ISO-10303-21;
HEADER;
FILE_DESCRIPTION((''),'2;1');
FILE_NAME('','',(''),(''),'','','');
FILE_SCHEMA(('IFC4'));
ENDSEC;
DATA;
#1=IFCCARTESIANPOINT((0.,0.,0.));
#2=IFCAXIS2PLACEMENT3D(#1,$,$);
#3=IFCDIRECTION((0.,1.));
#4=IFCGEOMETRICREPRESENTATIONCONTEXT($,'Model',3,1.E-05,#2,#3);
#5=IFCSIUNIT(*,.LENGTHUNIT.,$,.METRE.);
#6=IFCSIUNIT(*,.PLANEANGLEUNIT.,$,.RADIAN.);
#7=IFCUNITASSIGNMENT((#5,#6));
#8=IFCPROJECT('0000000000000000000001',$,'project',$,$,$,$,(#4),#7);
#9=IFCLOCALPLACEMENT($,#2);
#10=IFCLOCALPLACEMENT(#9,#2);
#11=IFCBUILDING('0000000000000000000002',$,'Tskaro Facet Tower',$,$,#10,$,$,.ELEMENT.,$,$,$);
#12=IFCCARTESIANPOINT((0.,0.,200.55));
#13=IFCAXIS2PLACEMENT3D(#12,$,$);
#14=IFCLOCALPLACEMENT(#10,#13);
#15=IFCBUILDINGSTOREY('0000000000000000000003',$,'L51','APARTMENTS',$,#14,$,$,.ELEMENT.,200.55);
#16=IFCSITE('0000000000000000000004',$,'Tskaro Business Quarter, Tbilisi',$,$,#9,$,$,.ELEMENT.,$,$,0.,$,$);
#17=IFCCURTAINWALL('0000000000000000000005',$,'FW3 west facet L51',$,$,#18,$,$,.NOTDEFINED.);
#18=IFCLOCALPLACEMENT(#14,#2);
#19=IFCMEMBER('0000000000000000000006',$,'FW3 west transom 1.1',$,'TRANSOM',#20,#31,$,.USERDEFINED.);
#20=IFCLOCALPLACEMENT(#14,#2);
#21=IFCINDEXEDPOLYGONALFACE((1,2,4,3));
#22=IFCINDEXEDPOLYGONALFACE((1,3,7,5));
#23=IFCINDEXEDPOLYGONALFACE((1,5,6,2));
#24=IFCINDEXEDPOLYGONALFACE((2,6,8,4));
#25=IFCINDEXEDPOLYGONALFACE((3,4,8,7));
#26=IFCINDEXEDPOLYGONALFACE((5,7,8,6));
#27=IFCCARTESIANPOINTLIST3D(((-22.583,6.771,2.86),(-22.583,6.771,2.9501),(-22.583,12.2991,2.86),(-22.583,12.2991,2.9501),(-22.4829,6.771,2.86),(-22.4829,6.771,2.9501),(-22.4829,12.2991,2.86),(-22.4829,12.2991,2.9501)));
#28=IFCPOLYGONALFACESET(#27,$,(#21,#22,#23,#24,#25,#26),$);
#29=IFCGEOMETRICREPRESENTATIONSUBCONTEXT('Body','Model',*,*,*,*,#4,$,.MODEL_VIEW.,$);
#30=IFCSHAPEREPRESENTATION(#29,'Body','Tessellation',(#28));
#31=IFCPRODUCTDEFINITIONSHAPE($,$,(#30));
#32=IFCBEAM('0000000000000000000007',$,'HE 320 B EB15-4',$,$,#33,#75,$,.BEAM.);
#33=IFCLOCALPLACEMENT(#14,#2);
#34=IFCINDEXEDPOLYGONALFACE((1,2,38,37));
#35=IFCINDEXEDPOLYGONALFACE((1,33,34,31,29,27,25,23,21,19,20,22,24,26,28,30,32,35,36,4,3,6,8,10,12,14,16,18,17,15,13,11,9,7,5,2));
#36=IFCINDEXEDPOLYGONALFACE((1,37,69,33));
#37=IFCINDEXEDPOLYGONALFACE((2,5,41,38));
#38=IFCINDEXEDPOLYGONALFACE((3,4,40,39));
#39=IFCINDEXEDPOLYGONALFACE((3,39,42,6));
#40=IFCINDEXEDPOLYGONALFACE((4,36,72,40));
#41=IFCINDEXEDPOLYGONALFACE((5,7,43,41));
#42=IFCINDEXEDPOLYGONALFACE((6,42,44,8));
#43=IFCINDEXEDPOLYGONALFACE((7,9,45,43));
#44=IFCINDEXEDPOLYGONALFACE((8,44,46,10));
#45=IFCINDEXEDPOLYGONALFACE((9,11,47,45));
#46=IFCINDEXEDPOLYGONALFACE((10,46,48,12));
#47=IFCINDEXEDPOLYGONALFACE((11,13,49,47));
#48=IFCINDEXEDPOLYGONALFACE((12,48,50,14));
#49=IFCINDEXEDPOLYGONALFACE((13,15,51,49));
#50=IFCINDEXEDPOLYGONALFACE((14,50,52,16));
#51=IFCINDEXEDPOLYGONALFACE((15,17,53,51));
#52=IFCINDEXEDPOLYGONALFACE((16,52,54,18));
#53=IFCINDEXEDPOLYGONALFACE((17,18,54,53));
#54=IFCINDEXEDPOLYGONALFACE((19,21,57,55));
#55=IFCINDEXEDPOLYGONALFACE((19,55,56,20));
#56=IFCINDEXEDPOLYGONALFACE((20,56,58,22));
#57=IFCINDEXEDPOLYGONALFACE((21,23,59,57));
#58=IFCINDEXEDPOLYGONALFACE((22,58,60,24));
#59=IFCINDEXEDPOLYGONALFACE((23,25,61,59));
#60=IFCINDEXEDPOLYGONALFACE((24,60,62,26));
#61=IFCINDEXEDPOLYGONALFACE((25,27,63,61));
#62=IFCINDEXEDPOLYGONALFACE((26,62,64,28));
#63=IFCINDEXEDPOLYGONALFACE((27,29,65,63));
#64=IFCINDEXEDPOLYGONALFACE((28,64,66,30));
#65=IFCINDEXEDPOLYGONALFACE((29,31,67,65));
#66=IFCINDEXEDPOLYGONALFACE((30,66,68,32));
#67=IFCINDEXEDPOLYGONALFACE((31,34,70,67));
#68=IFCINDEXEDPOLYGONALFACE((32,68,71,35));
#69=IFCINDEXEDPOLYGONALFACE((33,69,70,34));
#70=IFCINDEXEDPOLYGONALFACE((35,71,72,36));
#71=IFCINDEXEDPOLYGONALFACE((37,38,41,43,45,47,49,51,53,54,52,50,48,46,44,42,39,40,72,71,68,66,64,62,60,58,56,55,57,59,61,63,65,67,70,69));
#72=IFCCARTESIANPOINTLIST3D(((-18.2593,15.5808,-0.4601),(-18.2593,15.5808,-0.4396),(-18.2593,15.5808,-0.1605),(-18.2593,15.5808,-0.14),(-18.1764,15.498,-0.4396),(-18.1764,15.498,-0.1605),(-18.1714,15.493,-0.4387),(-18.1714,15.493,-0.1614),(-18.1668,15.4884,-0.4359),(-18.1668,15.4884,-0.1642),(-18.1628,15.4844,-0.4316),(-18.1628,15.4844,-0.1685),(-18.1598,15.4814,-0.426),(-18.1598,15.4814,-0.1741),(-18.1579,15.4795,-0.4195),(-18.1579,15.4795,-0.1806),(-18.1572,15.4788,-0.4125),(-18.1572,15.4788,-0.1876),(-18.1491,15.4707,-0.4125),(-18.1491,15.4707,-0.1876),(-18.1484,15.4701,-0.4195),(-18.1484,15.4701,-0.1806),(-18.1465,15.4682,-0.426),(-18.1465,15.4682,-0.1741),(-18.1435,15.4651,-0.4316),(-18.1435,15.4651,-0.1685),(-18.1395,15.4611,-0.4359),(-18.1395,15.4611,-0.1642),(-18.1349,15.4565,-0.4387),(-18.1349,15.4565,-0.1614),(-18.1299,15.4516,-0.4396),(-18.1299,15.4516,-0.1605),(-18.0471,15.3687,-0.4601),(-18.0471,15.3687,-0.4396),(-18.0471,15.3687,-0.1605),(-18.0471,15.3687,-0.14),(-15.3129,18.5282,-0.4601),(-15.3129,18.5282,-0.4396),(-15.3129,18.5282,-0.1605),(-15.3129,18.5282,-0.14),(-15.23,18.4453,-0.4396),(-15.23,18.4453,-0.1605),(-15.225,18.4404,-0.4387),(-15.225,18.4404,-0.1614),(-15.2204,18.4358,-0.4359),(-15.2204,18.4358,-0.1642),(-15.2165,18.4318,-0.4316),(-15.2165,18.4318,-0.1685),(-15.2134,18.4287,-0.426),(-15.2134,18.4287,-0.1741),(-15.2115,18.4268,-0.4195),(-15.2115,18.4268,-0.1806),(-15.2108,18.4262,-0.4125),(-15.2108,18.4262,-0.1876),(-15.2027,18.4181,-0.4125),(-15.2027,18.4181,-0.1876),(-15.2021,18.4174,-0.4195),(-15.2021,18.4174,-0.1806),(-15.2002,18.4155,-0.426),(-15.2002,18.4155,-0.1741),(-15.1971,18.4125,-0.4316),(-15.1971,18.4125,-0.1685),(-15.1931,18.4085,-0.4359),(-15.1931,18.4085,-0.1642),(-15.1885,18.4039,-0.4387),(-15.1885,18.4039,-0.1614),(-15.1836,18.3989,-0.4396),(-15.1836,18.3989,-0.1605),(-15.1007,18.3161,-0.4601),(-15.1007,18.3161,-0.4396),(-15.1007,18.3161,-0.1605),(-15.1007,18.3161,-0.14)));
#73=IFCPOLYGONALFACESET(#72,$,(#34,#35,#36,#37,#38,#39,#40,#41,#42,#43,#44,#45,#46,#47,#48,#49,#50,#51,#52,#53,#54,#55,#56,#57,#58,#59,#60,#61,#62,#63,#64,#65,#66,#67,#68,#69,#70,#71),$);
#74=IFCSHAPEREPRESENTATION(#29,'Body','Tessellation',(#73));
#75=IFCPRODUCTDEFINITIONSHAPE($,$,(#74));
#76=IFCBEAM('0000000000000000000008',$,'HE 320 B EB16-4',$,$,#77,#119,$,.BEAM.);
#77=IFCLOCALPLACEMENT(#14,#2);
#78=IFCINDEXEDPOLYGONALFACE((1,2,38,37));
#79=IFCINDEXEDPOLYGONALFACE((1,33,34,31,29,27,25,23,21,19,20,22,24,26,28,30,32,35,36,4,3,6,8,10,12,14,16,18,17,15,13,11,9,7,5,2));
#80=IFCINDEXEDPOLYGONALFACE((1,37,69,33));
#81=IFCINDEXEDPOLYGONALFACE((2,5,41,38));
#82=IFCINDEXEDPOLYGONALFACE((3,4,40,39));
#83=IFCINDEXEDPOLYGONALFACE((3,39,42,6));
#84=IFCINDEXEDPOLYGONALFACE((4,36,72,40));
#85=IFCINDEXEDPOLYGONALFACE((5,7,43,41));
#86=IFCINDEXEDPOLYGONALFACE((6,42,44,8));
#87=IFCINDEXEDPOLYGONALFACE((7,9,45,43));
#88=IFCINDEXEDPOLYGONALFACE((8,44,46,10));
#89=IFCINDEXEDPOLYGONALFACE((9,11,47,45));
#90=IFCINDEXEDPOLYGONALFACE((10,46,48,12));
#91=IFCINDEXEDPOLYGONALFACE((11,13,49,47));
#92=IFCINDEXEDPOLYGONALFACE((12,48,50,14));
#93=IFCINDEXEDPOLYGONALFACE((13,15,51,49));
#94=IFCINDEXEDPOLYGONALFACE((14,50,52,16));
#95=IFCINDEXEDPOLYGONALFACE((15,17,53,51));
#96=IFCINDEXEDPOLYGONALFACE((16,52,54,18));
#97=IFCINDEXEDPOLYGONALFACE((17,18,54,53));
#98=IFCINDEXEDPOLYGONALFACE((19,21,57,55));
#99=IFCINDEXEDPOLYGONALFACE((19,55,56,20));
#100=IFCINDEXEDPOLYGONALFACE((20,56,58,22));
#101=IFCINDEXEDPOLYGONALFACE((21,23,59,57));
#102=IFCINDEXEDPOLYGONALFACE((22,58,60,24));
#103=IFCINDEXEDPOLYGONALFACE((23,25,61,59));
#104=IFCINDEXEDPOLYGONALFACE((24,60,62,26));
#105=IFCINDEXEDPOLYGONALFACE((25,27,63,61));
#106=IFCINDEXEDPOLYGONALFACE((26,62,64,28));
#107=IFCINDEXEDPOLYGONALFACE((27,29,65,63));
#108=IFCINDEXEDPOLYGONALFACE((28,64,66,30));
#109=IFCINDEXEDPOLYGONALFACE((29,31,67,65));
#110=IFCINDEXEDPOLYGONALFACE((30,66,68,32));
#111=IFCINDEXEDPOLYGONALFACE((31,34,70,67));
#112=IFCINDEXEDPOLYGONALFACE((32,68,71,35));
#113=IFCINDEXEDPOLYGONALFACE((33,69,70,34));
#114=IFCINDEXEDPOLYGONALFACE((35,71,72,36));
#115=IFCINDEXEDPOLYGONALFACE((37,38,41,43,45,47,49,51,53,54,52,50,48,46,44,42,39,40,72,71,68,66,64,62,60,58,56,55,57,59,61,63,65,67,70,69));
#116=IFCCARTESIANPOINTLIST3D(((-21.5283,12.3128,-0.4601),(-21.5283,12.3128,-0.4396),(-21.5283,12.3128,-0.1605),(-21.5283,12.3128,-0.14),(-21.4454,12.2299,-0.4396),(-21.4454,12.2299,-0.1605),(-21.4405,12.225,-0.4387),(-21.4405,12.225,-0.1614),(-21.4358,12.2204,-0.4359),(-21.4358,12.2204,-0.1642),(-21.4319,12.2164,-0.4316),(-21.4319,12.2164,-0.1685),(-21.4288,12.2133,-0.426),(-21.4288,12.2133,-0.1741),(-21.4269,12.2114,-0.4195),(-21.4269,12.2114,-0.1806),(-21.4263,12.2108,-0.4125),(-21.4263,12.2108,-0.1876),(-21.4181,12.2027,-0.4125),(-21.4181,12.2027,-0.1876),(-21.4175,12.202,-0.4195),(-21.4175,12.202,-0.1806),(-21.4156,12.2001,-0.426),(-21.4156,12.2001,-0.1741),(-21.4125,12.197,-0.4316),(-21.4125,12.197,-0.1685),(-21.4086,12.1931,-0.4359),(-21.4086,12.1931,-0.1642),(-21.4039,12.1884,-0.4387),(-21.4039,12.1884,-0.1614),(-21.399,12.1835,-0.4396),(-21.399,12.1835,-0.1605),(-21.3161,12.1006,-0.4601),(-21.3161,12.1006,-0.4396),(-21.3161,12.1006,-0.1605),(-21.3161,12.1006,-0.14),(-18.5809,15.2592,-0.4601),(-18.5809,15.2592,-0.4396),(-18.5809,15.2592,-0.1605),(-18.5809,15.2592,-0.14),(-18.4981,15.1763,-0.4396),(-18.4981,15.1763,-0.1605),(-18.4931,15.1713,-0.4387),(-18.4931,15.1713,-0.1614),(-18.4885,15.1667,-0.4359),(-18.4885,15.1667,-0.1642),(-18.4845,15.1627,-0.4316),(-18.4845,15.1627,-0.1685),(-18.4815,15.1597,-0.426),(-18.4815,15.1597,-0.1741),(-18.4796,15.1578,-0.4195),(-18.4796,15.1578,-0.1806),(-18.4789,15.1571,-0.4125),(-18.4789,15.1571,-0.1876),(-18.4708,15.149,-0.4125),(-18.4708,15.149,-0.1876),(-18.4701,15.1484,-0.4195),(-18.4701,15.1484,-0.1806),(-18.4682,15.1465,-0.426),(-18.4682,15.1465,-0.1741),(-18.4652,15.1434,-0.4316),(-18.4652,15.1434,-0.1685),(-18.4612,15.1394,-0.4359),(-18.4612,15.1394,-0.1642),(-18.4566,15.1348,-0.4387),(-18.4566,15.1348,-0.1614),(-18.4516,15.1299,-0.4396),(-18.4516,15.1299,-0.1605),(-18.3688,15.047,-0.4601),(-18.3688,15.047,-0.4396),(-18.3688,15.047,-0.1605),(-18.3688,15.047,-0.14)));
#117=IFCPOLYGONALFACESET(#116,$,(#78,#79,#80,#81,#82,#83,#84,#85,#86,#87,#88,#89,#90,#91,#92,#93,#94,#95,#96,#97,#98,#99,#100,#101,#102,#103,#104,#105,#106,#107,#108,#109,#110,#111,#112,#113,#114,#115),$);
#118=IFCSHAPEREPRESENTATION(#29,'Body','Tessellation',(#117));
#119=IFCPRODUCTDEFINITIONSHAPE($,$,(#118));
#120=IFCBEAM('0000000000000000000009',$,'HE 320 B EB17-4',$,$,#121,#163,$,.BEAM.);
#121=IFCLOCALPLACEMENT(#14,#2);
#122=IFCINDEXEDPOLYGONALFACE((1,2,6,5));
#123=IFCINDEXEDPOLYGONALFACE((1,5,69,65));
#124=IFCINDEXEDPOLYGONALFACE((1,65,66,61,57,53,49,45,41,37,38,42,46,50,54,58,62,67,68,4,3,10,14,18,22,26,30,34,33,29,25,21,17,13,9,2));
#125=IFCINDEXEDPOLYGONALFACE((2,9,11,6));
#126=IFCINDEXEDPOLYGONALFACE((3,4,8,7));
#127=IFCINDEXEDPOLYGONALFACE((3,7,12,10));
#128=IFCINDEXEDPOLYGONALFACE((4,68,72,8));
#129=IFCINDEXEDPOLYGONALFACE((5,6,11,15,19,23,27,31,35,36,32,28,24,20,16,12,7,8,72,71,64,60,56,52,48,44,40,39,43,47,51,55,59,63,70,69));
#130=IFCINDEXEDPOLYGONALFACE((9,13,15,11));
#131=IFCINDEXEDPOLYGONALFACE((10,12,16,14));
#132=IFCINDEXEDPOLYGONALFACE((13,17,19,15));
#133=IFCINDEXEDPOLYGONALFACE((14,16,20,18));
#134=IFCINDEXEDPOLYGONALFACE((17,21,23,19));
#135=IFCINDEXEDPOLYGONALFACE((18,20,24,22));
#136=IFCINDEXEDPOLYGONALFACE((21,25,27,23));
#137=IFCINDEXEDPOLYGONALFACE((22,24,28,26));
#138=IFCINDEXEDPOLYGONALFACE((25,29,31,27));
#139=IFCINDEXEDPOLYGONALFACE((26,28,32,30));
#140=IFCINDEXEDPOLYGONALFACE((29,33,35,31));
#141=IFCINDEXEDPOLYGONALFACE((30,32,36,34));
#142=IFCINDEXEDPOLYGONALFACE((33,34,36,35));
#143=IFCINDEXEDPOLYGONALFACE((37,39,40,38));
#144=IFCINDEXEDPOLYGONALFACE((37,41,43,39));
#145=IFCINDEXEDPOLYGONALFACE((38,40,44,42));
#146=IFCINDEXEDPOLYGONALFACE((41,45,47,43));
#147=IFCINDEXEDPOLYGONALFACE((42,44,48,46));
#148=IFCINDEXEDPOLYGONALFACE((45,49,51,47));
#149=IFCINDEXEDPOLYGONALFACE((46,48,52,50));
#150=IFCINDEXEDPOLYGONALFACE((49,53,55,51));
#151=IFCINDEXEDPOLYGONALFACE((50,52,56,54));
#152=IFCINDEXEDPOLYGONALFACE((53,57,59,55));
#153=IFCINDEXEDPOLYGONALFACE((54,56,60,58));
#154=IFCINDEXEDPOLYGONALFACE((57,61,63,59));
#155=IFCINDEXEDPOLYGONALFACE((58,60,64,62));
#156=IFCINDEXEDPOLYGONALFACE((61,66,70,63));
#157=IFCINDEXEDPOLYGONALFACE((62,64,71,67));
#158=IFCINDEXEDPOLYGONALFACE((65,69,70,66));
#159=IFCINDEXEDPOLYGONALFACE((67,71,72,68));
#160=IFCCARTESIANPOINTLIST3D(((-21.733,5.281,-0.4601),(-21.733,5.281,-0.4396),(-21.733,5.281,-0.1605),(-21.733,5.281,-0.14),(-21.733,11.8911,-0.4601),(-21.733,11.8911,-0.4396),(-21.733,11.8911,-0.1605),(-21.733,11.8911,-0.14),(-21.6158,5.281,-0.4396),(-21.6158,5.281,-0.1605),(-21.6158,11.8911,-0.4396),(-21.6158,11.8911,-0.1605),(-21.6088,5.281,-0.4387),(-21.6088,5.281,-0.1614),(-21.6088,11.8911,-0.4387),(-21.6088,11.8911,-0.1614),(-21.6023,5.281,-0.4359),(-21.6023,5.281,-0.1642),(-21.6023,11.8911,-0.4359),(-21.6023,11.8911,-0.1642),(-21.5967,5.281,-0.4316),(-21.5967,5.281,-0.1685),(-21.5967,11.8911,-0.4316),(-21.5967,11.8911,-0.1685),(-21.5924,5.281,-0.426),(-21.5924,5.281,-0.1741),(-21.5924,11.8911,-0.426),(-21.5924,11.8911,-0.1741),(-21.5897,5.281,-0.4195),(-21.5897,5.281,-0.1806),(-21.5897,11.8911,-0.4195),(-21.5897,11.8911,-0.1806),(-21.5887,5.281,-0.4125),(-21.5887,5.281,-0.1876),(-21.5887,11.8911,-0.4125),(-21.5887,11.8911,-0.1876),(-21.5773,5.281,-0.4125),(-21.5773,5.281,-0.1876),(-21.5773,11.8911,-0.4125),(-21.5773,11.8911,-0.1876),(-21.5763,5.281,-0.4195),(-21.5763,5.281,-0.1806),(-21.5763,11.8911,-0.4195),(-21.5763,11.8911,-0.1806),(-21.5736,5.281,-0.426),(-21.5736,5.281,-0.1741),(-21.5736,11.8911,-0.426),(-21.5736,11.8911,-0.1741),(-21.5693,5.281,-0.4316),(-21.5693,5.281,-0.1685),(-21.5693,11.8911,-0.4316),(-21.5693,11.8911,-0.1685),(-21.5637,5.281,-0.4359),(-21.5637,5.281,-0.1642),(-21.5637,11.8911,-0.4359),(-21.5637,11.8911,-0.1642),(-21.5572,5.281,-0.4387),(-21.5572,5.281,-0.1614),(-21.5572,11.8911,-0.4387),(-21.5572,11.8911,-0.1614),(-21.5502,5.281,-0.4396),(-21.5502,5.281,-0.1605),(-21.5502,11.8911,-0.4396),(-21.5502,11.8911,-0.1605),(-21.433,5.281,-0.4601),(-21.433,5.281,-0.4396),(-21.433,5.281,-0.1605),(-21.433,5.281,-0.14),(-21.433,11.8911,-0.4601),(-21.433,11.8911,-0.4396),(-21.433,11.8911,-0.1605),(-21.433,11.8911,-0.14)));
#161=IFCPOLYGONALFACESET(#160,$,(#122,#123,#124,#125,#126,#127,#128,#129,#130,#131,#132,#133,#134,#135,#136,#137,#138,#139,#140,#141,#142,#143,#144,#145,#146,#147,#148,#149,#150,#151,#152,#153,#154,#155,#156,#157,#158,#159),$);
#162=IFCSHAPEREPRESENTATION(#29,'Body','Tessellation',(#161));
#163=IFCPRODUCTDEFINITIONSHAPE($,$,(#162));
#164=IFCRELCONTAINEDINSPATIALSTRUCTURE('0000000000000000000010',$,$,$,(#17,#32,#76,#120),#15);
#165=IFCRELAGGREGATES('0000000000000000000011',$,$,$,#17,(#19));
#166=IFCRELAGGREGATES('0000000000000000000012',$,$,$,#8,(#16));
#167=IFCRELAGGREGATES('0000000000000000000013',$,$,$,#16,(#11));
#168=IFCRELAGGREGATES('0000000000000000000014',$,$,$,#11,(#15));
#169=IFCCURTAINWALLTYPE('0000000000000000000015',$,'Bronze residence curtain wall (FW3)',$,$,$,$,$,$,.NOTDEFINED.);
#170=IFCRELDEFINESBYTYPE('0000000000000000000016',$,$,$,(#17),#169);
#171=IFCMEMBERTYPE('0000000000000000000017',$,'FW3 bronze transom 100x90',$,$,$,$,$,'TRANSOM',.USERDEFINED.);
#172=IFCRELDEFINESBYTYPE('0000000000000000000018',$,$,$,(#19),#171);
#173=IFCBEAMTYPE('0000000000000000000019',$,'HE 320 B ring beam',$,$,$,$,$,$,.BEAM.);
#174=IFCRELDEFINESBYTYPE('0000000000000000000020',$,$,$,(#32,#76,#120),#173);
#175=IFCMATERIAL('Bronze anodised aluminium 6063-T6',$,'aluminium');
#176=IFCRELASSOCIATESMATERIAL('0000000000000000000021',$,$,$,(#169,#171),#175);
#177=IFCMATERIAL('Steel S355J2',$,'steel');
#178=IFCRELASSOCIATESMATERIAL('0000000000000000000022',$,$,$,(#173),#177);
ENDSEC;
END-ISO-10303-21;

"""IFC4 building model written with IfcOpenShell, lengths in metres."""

from ifc_helpers import new_model, si_unit, direction, frame, origin, origin_2d, place, context, subcontext, project, spatial, rectangle, i_section, extrude, material, material_profile, profile_set, type_object, element, aggregate, save


model = new_model("IFC4")

# Units and contexts
model_context = context("Model", 3, precision=1e-05, world=origin(), true_north=direction((0.0, 1.0)))
body_context = subcontext(model_context, "Body", "Model", "MODEL_VIEW")
ifc_project = project(units=[si_unit("LENGTHUNIT", "METRE"), si_unit("PLANEANGLEUNIT", "RADIAN")], contexts=[model_context])

# Site, building, storey
site_placement = place(None, origin())
site = spatial("IfcSite", under=ifc_project, at=site_placement, Name="Tskaro Business Quarter, Tbilisi", CompositionType="ELEMENT", RefElevation=0.0)
building_placement = place(site_placement, origin())
building = spatial("IfcBuilding", under=site, at=building_placement, Name="Tskaro Facet Tower", CompositionType="ELEMENT")
storey_placement = place(building_placement, frame((0.0, 0.0, 200.55)))
storey = spatial("IfcBuildingStorey", under=building, at=storey_placement, Name="L51", Description="APARTMENTS", CompositionType="ELEMENT", Elevation=200.55)

# Curtain wall
ifc_material_1 = material(Name="Bronze anodised aluminium 6063-T6", Category="aluminium")
curtain_wall_type = type_object("IfcCurtainWallType", Name="Bronze residence curtain wall (FW3)", PredefinedType="NOTDEFINED", material=ifc_material_1)
curtain_wall_1_placement = place(storey_placement, origin())
curtain_wall_1 = element("IfcCurtainWall", 1, at=curtain_wall_1_placement, inside=storey, type_object=curtain_wall_type, Name="FW3 west facet L51", PredefinedType="NOTDEFINED")

# Member
ifc_material_profile_1 = material_profile(ifc_material_1, rectangle(XDim=0.1001, YDim=0.0901, at=origin_2d()), Name="Transom 100x90")
ifc_profile_set_1 = profile_set([ifc_material_profile_1], Name="Bronze anodised aluminium 6063-T6")
member_type_1 = type_object("IfcMemberType", Name="FW3 bronze transom 100x90", ElementType="TRANSOM", PredefinedType="USERDEFINED", material=ifc_profile_set_1)
member_1_placement = place(storey_placement, frame((-22.533, 12.2991, 2.905), z_axis=(0.0, -1.0, 0.0), x_axis=(1.0, 0.0, 0.0)))
member_1 = element("IfcMember", 2, at=member_1_placement, type_object=member_type_1, Name="FW3 west transom 1.1", ObjectType="TRANSOM", PredefinedType="USERDEFINED", context=body_context, shape_type="SweptSolid", body=[
    extrude(rectangle(XDim=0.1001, YDim=0.0901, at=origin_2d()), origin(), (0.0, 0.0, 1.0), 5.5281),
])
aggregate(curtain_wall_1, [member_1])

# Beams
ifc_material_2 = material(Name="Steel S355J2", Category="steel")
ifc_material_profile_2 = material_profile(ifc_material_2, i_section(OverallWidth=0.3, OverallDepth=0.3201, WebThickness=0.0115, FlangeThickness=0.0205, FilletRadius=0.0271, at=origin_2d()), Name="HE 320 B")
ifc_profile_set_2 = profile_set([ifc_material_profile_2], Name="Steel S355J2")
beam_type_1 = type_object("IfcBeamType", Name="HE 320 B ring beam", PredefinedType="BEAM", material=ifc_profile_set_2)
for number, where, z_axis, x_axis, name in (
    (3, (-15.2068, 18.4221, -0.3), (-0.70699, -0.707224, 0.0), (0.707224, -0.70699, 0.0), "HE 320 B EB15-4"),
    (4, (-18.4749, 15.1531, -0.3), (-0.707224, -0.70699, 0.0), (0.70699, -0.707224, 0.0), "HE 320 B EB16-4"),
):
    element("IfcBeam", number, at=place(storey_placement, frame(where, z_axis=z_axis, x_axis=x_axis)), inside=storey, type_object=beam_type_1, Name=name, PredefinedType="BEAM", context=body_context, shape_type="SweptSolid", body=[
        extrude(i_section(OverallWidth=0.3, OverallDepth=0.3201, WebThickness=0.0115, FlangeThickness=0.0205, FilletRadius=0.0271, at=origin_2d()), origin(), (0.0, 0.0, 1.0), 4.1675),
    ])
beam_1_placement = place(storey_placement, frame((-21.583, 11.8911, -0.3), z_axis=(0.0, -1.0, 0.0), x_axis=(1.0, 0.0, 0.0)))
element("IfcBeam", 5, at=beam_1_placement, inside=storey, type_object=beam_type_1, Name="HE 320 B EB17-4", PredefinedType="BEAM", context=body_context, shape_type="SweptSolid", body=[
    extrude(i_section(OverallWidth=0.3, OverallDepth=0.3201, WebThickness=0.0115, FlangeThickness=0.0205, FilletRadius=0.0271, at=origin_2d()), origin(), (0.0, 0.0, 1.0), 6.6101),
])

save(model, "model.ifc")
